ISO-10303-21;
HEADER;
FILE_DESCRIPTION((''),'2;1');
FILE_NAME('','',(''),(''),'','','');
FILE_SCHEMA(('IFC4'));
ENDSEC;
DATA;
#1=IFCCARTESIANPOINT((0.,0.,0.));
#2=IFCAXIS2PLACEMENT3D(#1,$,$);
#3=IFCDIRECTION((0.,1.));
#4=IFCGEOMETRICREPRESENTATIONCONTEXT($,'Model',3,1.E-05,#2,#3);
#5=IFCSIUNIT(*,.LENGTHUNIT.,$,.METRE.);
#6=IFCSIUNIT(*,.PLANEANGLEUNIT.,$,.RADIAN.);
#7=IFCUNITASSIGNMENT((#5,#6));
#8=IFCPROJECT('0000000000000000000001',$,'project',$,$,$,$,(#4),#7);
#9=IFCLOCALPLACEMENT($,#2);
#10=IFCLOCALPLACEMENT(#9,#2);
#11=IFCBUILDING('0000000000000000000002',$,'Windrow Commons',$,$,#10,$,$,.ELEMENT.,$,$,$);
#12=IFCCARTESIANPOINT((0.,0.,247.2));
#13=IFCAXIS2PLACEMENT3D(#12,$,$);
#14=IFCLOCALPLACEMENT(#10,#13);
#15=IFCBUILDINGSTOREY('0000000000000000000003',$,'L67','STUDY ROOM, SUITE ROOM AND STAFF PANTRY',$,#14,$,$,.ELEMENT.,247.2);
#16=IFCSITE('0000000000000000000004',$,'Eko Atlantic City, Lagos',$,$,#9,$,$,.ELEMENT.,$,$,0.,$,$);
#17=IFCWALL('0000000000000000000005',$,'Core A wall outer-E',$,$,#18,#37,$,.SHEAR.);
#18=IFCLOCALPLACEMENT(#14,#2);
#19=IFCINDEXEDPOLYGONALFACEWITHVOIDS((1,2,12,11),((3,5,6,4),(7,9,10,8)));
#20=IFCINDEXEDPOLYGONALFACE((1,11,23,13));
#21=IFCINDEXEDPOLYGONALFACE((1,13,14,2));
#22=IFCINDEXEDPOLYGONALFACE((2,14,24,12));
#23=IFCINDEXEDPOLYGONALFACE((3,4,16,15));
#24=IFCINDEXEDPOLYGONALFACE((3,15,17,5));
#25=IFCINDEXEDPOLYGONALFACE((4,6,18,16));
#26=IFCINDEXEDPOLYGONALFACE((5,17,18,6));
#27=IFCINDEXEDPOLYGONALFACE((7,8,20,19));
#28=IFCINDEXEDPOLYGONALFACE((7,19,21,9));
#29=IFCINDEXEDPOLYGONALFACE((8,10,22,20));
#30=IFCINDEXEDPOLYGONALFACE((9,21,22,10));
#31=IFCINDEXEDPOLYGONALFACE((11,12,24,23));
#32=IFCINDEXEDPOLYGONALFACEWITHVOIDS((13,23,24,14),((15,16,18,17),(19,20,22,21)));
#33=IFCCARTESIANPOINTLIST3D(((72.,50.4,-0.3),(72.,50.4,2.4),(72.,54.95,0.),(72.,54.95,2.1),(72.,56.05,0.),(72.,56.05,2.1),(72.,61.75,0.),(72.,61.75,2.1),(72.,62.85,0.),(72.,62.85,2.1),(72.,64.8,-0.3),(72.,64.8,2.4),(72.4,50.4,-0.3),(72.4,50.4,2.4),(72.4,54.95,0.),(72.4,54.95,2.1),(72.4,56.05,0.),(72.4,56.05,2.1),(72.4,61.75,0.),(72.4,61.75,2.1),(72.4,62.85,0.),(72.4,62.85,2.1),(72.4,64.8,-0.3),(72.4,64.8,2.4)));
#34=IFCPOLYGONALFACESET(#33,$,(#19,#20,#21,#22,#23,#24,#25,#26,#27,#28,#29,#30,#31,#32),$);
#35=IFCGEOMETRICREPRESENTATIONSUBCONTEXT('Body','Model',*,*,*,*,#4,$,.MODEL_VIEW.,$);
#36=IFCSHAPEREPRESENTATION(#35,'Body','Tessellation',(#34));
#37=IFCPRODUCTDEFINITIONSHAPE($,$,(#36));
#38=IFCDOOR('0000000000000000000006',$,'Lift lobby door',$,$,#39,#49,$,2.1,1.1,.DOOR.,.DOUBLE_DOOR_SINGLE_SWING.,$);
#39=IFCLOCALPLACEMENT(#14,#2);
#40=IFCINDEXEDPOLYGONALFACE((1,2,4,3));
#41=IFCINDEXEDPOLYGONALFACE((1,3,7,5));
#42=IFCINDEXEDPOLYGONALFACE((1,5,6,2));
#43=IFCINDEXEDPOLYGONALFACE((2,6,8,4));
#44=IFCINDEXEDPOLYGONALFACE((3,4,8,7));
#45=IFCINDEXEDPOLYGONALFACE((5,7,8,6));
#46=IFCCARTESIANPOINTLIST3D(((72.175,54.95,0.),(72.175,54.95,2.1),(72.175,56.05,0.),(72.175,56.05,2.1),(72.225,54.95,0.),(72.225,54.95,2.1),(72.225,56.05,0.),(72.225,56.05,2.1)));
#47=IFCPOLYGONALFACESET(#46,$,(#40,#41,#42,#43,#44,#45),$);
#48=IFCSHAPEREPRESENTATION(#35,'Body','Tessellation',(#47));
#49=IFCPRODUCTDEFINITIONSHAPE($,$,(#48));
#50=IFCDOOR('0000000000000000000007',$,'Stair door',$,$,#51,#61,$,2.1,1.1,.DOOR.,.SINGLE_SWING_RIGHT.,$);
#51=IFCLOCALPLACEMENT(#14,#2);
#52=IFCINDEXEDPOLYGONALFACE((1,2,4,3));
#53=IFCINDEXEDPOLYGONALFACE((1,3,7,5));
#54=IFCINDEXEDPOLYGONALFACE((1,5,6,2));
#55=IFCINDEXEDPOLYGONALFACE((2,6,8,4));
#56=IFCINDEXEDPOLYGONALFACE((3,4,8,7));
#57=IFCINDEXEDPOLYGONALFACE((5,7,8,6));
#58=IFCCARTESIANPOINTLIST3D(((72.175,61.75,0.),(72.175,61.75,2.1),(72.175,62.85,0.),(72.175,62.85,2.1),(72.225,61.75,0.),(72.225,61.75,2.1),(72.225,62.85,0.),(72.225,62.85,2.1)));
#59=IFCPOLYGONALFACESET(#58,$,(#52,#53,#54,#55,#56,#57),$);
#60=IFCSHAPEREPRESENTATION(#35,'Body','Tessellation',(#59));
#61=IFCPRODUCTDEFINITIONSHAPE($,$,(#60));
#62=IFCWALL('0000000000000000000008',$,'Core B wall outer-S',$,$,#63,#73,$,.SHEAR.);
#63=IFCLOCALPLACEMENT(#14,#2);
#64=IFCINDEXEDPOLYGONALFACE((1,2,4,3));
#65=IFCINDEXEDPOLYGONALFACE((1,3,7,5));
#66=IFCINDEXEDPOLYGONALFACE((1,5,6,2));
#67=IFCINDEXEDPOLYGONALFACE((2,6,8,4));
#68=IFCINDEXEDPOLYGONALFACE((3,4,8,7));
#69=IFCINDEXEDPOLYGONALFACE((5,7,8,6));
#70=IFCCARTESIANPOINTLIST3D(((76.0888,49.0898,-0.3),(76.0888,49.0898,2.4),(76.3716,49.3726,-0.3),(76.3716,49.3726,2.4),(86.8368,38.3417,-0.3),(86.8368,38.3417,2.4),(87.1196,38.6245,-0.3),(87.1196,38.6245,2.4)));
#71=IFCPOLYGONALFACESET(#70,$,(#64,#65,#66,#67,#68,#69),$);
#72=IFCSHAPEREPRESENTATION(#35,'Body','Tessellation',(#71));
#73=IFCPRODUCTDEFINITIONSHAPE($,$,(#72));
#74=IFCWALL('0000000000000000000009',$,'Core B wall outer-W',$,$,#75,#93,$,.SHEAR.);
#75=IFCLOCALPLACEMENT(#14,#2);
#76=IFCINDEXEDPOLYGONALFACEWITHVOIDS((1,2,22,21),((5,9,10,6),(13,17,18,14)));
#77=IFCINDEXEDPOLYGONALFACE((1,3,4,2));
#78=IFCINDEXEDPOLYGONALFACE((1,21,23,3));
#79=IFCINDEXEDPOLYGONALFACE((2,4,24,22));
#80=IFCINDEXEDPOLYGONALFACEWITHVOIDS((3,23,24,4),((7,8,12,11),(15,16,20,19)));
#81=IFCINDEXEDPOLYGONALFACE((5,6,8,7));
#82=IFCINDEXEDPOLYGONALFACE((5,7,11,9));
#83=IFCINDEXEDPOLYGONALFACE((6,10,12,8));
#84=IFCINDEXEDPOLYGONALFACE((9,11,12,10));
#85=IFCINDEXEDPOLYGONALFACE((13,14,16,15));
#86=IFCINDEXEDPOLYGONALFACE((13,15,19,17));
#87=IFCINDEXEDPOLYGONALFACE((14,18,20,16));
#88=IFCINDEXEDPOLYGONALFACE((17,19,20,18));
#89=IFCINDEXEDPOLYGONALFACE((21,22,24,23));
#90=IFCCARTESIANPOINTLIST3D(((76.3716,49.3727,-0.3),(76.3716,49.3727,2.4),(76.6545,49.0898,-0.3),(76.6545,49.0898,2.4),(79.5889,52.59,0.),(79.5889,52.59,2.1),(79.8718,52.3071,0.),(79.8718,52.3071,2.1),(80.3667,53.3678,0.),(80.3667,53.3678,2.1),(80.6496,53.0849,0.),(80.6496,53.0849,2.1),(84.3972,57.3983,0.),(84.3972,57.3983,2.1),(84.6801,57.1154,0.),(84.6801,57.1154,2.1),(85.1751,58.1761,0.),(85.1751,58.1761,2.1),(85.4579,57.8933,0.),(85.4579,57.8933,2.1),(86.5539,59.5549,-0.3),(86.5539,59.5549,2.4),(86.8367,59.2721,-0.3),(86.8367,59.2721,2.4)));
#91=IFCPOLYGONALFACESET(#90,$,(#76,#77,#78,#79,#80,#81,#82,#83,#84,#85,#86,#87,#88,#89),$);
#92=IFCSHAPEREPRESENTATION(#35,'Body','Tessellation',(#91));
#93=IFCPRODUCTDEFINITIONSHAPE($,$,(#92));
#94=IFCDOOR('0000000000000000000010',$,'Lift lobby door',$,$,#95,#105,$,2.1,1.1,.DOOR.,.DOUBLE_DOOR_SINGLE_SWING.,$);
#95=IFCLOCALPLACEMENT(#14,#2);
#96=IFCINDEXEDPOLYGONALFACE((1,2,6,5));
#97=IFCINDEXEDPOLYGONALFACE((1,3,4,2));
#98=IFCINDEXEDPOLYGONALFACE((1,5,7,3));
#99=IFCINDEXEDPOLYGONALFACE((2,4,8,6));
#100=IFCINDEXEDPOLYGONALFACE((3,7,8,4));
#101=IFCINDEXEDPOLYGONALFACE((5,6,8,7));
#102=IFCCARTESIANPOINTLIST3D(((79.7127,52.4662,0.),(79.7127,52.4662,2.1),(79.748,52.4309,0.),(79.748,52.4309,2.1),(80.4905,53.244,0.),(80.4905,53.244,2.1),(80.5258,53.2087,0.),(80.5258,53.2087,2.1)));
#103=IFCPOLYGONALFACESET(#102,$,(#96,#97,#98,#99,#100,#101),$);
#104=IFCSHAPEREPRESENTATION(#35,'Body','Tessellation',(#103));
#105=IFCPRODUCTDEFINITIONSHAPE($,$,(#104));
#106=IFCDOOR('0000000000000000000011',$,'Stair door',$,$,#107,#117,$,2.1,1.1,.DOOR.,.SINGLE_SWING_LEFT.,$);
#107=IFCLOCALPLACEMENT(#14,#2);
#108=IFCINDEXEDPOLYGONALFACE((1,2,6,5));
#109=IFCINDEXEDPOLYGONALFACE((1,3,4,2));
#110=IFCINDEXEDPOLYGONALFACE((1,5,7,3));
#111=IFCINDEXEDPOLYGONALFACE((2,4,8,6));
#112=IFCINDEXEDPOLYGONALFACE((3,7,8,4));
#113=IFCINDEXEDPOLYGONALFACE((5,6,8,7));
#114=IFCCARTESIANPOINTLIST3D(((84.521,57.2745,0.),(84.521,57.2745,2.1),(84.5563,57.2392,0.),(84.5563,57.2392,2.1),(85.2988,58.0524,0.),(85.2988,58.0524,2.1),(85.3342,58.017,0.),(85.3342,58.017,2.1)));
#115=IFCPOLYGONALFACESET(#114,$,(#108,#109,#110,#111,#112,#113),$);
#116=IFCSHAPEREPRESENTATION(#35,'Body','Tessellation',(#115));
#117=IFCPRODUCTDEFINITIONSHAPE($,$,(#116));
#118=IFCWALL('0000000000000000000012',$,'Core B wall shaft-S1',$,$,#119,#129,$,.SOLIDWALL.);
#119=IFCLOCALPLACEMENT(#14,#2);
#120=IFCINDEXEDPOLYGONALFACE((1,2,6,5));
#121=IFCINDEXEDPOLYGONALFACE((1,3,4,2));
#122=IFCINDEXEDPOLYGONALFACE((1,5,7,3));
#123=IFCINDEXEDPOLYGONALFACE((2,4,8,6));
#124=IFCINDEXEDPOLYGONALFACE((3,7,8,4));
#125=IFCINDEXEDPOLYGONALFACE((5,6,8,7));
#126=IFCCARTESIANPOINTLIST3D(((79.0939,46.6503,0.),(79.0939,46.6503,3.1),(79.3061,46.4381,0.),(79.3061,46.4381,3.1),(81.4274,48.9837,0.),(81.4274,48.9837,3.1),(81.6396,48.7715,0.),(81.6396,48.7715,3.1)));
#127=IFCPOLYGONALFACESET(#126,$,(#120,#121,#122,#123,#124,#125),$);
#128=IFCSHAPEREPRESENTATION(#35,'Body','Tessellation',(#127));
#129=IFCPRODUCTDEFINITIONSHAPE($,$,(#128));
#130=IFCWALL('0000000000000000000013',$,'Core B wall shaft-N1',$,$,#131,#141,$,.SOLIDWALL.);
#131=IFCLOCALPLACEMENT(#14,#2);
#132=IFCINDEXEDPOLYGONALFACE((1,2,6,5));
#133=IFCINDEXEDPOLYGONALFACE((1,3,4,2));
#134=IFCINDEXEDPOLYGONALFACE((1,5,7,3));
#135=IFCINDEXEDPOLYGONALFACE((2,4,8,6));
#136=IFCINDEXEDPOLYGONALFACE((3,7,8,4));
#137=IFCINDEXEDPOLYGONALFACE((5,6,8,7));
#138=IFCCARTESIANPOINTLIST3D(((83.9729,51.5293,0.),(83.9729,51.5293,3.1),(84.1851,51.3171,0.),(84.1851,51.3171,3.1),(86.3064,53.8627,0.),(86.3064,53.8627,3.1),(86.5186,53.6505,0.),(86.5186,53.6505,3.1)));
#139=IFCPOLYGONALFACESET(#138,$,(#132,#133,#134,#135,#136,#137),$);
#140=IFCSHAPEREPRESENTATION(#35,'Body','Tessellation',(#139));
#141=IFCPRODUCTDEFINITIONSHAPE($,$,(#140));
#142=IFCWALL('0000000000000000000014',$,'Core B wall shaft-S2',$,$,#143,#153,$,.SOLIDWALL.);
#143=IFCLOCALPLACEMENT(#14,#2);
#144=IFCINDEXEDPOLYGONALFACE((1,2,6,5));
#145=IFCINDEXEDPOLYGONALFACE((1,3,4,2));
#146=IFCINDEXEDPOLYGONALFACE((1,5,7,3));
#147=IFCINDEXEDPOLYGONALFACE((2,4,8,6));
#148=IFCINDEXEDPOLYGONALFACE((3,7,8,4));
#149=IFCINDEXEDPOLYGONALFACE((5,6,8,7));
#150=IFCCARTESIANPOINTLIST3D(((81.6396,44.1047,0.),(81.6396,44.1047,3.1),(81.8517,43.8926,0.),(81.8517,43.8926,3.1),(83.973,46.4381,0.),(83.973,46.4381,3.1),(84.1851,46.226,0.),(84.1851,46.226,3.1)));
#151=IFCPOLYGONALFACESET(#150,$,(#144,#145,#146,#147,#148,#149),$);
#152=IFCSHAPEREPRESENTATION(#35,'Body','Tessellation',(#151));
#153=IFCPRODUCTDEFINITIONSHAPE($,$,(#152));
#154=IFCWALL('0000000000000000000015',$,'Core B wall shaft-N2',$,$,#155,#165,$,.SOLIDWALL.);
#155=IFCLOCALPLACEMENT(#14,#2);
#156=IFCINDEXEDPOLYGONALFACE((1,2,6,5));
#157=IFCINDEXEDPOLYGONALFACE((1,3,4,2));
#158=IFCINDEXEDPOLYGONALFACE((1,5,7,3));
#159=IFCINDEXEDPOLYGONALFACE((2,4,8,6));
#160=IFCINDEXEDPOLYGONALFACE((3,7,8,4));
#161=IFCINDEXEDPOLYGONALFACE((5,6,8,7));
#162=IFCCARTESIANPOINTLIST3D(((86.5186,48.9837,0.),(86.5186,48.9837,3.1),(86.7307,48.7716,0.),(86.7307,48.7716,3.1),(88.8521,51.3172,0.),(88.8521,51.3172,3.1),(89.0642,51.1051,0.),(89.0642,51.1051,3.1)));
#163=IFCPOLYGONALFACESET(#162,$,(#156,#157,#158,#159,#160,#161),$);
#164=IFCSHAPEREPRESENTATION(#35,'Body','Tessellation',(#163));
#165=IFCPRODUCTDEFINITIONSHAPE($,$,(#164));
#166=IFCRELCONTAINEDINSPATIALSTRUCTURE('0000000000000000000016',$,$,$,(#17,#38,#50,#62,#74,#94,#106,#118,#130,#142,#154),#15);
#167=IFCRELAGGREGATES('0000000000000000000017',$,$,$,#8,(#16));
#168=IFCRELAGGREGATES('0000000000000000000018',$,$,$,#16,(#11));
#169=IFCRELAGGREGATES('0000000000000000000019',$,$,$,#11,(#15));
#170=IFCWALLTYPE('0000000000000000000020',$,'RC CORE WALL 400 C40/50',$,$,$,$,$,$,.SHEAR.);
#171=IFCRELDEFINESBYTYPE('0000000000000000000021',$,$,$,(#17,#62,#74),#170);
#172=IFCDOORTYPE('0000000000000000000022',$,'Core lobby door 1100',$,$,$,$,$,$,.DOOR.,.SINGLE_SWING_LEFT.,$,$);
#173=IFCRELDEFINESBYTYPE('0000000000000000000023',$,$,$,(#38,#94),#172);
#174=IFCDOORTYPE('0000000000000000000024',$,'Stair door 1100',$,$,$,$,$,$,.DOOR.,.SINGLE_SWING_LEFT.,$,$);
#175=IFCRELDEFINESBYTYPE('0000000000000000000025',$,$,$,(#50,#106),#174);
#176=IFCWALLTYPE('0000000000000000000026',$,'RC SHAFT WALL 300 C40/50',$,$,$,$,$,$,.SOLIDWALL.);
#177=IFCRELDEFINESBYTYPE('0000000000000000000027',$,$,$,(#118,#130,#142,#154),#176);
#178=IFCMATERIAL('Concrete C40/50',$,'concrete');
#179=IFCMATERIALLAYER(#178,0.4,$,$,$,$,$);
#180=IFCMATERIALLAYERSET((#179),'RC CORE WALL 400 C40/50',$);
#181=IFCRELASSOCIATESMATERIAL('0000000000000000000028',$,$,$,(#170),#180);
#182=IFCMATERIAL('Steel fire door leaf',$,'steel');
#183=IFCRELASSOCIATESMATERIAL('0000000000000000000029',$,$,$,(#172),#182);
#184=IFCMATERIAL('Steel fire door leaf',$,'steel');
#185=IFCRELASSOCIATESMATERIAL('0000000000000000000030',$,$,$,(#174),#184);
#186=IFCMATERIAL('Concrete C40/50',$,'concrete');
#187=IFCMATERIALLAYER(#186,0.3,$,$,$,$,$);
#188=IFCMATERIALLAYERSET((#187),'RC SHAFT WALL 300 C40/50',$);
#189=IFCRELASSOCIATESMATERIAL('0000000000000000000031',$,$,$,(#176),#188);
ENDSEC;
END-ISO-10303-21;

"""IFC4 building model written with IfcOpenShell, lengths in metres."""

from ifc_helpers import new_model, si_unit, direction, frame, frame_2d, origin, place, context, subcontext, project, spatial, rectangle, extrude, material, layer, layer_set, type_object, element, fill, save


model = new_model("IFC4")

# Units and contexts
model_context = context("Model", 3, precision=1e-05, world=origin(), true_north=direction((0.0, 1.0)))
body_context = subcontext(model_context, "Body", "Model", "MODEL_VIEW")
ifc_project = project(units=[si_unit("LENGTHUNIT", "METRE"), si_unit("PLANEANGLEUNIT", "RADIAN")], contexts=[model_context])

# Site, building, storey
site_placement = place(None, origin())
site = spatial("IfcSite", under=ifc_project, at=site_placement, Name="Eko Atlantic City, Lagos", CompositionType="ELEMENT", RefElevation=0.0)
building_placement = place(site_placement, origin())
building = spatial("IfcBuilding", under=site, at=building_placement, Name="Windrow Commons", CompositionType="ELEMENT")
storey_placement = place(building_placement, frame((0.0, 0.0, 247.2)))
storey = spatial("IfcBuildingStorey", under=building, at=storey_placement, Name="L67", Description="STUDY ROOM, SUITE ROOM AND STAFF PANTRY", CompositionType="ELEMENT", Elevation=247.2)

# Wall, openings, doors
ifc_material_1 = material(Name="Concrete C40/50", Category="concrete")
ifc_layer_1 = layer(ifc_material_1, 0.4)
ifc_layer_set_1 = layer_set([ifc_layer_1], Name="RC CORE WALL 400 C40/50")
wall_type_1 = type_object("IfcWallType", Name="RC CORE WALL 400 C40/50", PredefinedType="SHEAR", material=ifc_layer_set_1)
wall_1_placement = place(storey_placement, frame((72.2, 50.4, -0.3), z_axis=(0.0, 0.0, 1.0), x_axis=(0.0, 1.0, 0.0)))
wall_1 = element("IfcWall", 1, at=wall_1_placement, inside=storey, type_object=wall_type_1, Name="Core A wall outer-E", PredefinedType="SHEAR", context=body_context, shape_type="SweptSolid", body=[
    extrude(rectangle(XDim=14.4, YDim=0.4, at=frame_2d((7.2, 0.0))), origin(), (0.0, 0.0, 1.0), 2.7),
])
opening_1_placement = place(wall_1_placement, frame((4.55, 0.0, 0.3)))
opening_1 = element("IfcOpeningElement", 2, at=opening_1_placement, cuts=wall_1, PredefinedType="OPENING", context=body_context, shape_type="SweptSolid", body=[
    extrude(rectangle(XDim=1.1, YDim=2.1, at=frame_2d((0.55, 1.05))), frame((0.0, 0.21, 0.0), z_axis=(0.0, -1.0, 0.0), x_axis=(1.0, 0.0, 0.0)), (0.0, 0.0, 1.0), 0.42),
])
opening_2_placement = place(wall_1_placement, frame((11.35, 0.0, 0.3)))
opening_2 = element("IfcOpeningElement", 3, at=opening_2_placement, cuts=wall_1, PredefinedType="OPENING", context=body_context, shape_type="SweptSolid", body=[
    extrude(rectangle(XDim=1.1, YDim=2.1, at=frame_2d((0.55, 1.05))), frame((0.0, 0.21, 0.0), z_axis=(0.0, -1.0, 0.0), x_axis=(1.0, 0.0, 0.0)), (0.0, 0.0, 1.0), 0.42),
])
ifc_material_2 = material(Name="Steel fire door leaf", Category="steel")
door_type_1 = type_object("IfcDoorType", Name="Core lobby door 1100", OperationType="SINGLE_SWING_LEFT", PredefinedType="DOOR", material=ifc_material_2)
door_1_placement = place(opening_1_placement, origin())
door_1 = element("IfcDoor", 4, at=door_1_placement, inside=storey, type_object=door_type_1, Name="Lift lobby door", OperationType="DOUBLE_DOOR_SINGLE_SWING", OverallHeight=2.1, OverallWidth=1.1, PredefinedType="DOOR", context=body_context, shape_type="SweptSolid", body=[
    extrude(rectangle(XDim=1.1, YDim=2.1, at=frame_2d((0.55, 1.05))), frame((0.0, 0.025, 0.0), z_axis=(0.0, -1.0, 0.0), x_axis=(1.0, 0.0, 0.0)), (0.0, 0.0, 1.0), 0.05),
])
fill(opening_1, door_1)
ifc_material_3 = material(Name="Steel fire door leaf", Category="steel")
door_type_2 = type_object("IfcDoorType", Name="Stair door 1100", OperationType="SINGLE_SWING_LEFT", PredefinedType="DOOR", material=ifc_material_3)
door_2_placement = place(opening_2_placement, origin())
door_2 = element("IfcDoor", 5, at=door_2_placement, inside=storey, type_object=door_type_2, Name="Stair door", OperationType="SINGLE_SWING_RIGHT", OverallHeight=2.1, OverallWidth=1.1, PredefinedType="DOOR", context=body_context, shape_type="SweptSolid", body=[
    extrude(rectangle(XDim=1.1, YDim=2.1, at=frame_2d((0.55, 1.05))), frame((0.0, 0.025, 0.0), z_axis=(0.0, -1.0, 0.0), x_axis=(1.0, 0.0, 0.0)), (0.0, 0.0, 1.0), 0.05),
])
fill(opening_2, door_2)

# Wall
wall_2_placement = place(storey_placement, frame((76.2302, 49.2312, -0.3), z_axis=(0.0, 0.0, 1.0), x_axis=(0.707103, -0.70711, 0.0)))
element("IfcWall", 6, at=wall_2_placement, inside=storey, type_object=wall_type_1, Name="Core B wall outer-S", PredefinedType="SHEAR", context=body_context, shape_type="SweptSolid", body=[
    extrude(rectangle(XDim=15.2, YDim=0.4, at=frame_2d((7.6, 0.0))), origin(), (0.0, 0.0, 1.0), 2.7),
])

# Wall, openings, doors
wall_3_placement = place(storey_placement, frame((76.513, 49.2312, -0.3), z_axis=(0.0, 0.0, 1.0), x_axis=(0.707107, 0.707107, 0.0)))
wall_3 = element("IfcWall", 7, at=wall_3_placement, inside=storey, type_object=wall_type_1, Name="Core B wall outer-W", PredefinedType="SHEAR", context=body_context, shape_type="SweptSolid", body=[
    extrude(rectangle(XDim=14.3999, YDim=0.4, at=frame_2d((7.2, 0.0))), origin(), (0.0, 0.0, 1.0), 2.7),
])
opening_3_placement = place(wall_3_placement, frame((4.55, 0.0, 0.3)))
opening_3 = element("IfcOpeningElement", 8, at=opening_3_placement, cuts=wall_3, PredefinedType="OPENING", context=body_context, shape_type="SweptSolid", body=[
    extrude(rectangle(XDim=1.1, YDim=2.1, at=frame_2d((0.55, 1.05))), frame((0.0, 0.21, 0.0), z_axis=(0.0, -1.0, 0.0), x_axis=(1.0, 0.0, 0.0)), (0.0, 0.0, 1.0), 0.42),
])
opening_4_placement = place(wall_3_placement, frame((11.35, 0.0, 0.3)))
opening_4 = element("IfcOpeningElement", 9, at=opening_4_placement, cuts=wall_3, PredefinedType="OPENING", context=body_context, shape_type="SweptSolid", body=[
    extrude(rectangle(XDim=1.1, YDim=2.1, at=frame_2d((0.55, 1.05))), frame((0.0, 0.21, 0.0), z_axis=(0.0, -1.0, 0.0), x_axis=(1.0, 0.0, 0.0)), (0.0, 0.0, 1.0), 0.42),
])
door_3_placement = place(opening_3_placement, origin())
door_3 = element("IfcDoor", 10, at=door_3_placement, inside=storey, type_object=door_type_1, Name="Lift lobby door", OperationType="DOUBLE_DOOR_SINGLE_SWING", OverallHeight=2.1, OverallWidth=1.1, PredefinedType="DOOR", context=body_context, shape_type="SweptSolid", body=[
    extrude(rectangle(XDim=1.1, YDim=2.1, at=frame_2d((0.55, 1.05))), frame((0.0, 0.025, 0.0), z_axis=(0.0, -1.0, 0.0), x_axis=(1.0, 0.0, 0.0)), (0.0, 0.0, 1.0), 0.05),
])
fill(opening_3, door_3)
door_4_placement = place(opening_4_placement, origin())
door_4 = element("IfcDoor", 11, at=door_4_placement, inside=storey, type_object=door_type_2, Name="Stair door", OperationType="SINGLE_SWING_LEFT", OverallHeight=2.1, OverallWidth=1.1, PredefinedType="DOOR", context=body_context, shape_type="SweptSolid", body=[
    extrude(rectangle(XDim=1.1, YDim=2.1, at=frame_2d((0.55, 1.05))), frame((0.0, 0.025, 0.0), z_axis=(0.0, -1.0, 0.0), x_axis=(1.0, 0.0, 0.0)), (0.0, 0.0, 1.0), 0.05),
])
fill(opening_4, door_4)

# Walls
ifc_material_4 = material(Name="Concrete C40/50", Category="concrete")
ifc_layer_2 = layer(ifc_material_4, 0.3)
ifc_layer_set_2 = layer_set([ifc_layer_2], Name="RC SHAFT WALL 300 C40/50")
wall_type_2 = type_object("IfcWallType", Name="RC SHAFT WALL 300 C40/50", PredefinedType="SOLIDWALL", material=ifc_layer_set_2)
for number, where, z_axis, x_axis, name in (
    (12, (79.2, 46.5442, 0.0), (0.0, 0.0, 1.0), (0.707122, 0.707092, 0.0), "Core B wall shaft-S1"),
    (13, (84.079, 51.4232, 0.0), (0.0, 0.0, 1.0), (0.707122, 0.707092, 0.0), "Core B wall shaft-N1"),
):
    element("IfcWall", number, at=place(storey_placement, frame(where, z_axis=z_axis, x_axis=x_axis)), inside=storey, type_object=wall_type_2, Name=name, PredefinedType="SOLIDWALL", context=body_context, shape_type="SweptSolid", body=[
        extrude(rectangle(XDim=3.3, YDim=0.3, at=frame_2d((1.65, 0.0))), origin(), (0.0, 0.0, 1.0), 3.1),
    ])
wall_4_placement = place(storey_placement, frame((81.7456, 43.9986, 0.0), z_axis=(0.0, 0.0, 1.0), x_axis=(0.707107, 0.707107, 0.0)))
element("IfcWall", 14, at=wall_4_placement, inside=storey, type_object=wall_type_2, Name="Core B wall shaft-S2", PredefinedType="SOLIDWALL", context=body_context, shape_type="SweptSolid", body=[
    extrude(rectangle(XDim=3.2999, YDim=0.3, at=frame_2d((1.65, 0.0))), origin(), (0.0, 0.0, 1.0), 3.1),
])
wall_5_placement = place(storey_placement, frame((86.6246, 48.8776, 0.0), z_axis=(0.0, 0.0, 1.0), x_axis=(0.707107, 0.707107, 0.0)))
element("IfcWall", 15, at=wall_5_placement, inside=storey, type_object=wall_type_2, Name="Core B wall shaft-N2", PredefinedType="SOLIDWALL", context=body_context, shape_type="SweptSolid", body=[
    extrude(rectangle(XDim=3.3001, YDim=0.3, at=frame_2d((1.6501, 0.0))), origin(), (0.0, 0.0, 1.0), 3.1),
])

save(model, "model.ifc")
